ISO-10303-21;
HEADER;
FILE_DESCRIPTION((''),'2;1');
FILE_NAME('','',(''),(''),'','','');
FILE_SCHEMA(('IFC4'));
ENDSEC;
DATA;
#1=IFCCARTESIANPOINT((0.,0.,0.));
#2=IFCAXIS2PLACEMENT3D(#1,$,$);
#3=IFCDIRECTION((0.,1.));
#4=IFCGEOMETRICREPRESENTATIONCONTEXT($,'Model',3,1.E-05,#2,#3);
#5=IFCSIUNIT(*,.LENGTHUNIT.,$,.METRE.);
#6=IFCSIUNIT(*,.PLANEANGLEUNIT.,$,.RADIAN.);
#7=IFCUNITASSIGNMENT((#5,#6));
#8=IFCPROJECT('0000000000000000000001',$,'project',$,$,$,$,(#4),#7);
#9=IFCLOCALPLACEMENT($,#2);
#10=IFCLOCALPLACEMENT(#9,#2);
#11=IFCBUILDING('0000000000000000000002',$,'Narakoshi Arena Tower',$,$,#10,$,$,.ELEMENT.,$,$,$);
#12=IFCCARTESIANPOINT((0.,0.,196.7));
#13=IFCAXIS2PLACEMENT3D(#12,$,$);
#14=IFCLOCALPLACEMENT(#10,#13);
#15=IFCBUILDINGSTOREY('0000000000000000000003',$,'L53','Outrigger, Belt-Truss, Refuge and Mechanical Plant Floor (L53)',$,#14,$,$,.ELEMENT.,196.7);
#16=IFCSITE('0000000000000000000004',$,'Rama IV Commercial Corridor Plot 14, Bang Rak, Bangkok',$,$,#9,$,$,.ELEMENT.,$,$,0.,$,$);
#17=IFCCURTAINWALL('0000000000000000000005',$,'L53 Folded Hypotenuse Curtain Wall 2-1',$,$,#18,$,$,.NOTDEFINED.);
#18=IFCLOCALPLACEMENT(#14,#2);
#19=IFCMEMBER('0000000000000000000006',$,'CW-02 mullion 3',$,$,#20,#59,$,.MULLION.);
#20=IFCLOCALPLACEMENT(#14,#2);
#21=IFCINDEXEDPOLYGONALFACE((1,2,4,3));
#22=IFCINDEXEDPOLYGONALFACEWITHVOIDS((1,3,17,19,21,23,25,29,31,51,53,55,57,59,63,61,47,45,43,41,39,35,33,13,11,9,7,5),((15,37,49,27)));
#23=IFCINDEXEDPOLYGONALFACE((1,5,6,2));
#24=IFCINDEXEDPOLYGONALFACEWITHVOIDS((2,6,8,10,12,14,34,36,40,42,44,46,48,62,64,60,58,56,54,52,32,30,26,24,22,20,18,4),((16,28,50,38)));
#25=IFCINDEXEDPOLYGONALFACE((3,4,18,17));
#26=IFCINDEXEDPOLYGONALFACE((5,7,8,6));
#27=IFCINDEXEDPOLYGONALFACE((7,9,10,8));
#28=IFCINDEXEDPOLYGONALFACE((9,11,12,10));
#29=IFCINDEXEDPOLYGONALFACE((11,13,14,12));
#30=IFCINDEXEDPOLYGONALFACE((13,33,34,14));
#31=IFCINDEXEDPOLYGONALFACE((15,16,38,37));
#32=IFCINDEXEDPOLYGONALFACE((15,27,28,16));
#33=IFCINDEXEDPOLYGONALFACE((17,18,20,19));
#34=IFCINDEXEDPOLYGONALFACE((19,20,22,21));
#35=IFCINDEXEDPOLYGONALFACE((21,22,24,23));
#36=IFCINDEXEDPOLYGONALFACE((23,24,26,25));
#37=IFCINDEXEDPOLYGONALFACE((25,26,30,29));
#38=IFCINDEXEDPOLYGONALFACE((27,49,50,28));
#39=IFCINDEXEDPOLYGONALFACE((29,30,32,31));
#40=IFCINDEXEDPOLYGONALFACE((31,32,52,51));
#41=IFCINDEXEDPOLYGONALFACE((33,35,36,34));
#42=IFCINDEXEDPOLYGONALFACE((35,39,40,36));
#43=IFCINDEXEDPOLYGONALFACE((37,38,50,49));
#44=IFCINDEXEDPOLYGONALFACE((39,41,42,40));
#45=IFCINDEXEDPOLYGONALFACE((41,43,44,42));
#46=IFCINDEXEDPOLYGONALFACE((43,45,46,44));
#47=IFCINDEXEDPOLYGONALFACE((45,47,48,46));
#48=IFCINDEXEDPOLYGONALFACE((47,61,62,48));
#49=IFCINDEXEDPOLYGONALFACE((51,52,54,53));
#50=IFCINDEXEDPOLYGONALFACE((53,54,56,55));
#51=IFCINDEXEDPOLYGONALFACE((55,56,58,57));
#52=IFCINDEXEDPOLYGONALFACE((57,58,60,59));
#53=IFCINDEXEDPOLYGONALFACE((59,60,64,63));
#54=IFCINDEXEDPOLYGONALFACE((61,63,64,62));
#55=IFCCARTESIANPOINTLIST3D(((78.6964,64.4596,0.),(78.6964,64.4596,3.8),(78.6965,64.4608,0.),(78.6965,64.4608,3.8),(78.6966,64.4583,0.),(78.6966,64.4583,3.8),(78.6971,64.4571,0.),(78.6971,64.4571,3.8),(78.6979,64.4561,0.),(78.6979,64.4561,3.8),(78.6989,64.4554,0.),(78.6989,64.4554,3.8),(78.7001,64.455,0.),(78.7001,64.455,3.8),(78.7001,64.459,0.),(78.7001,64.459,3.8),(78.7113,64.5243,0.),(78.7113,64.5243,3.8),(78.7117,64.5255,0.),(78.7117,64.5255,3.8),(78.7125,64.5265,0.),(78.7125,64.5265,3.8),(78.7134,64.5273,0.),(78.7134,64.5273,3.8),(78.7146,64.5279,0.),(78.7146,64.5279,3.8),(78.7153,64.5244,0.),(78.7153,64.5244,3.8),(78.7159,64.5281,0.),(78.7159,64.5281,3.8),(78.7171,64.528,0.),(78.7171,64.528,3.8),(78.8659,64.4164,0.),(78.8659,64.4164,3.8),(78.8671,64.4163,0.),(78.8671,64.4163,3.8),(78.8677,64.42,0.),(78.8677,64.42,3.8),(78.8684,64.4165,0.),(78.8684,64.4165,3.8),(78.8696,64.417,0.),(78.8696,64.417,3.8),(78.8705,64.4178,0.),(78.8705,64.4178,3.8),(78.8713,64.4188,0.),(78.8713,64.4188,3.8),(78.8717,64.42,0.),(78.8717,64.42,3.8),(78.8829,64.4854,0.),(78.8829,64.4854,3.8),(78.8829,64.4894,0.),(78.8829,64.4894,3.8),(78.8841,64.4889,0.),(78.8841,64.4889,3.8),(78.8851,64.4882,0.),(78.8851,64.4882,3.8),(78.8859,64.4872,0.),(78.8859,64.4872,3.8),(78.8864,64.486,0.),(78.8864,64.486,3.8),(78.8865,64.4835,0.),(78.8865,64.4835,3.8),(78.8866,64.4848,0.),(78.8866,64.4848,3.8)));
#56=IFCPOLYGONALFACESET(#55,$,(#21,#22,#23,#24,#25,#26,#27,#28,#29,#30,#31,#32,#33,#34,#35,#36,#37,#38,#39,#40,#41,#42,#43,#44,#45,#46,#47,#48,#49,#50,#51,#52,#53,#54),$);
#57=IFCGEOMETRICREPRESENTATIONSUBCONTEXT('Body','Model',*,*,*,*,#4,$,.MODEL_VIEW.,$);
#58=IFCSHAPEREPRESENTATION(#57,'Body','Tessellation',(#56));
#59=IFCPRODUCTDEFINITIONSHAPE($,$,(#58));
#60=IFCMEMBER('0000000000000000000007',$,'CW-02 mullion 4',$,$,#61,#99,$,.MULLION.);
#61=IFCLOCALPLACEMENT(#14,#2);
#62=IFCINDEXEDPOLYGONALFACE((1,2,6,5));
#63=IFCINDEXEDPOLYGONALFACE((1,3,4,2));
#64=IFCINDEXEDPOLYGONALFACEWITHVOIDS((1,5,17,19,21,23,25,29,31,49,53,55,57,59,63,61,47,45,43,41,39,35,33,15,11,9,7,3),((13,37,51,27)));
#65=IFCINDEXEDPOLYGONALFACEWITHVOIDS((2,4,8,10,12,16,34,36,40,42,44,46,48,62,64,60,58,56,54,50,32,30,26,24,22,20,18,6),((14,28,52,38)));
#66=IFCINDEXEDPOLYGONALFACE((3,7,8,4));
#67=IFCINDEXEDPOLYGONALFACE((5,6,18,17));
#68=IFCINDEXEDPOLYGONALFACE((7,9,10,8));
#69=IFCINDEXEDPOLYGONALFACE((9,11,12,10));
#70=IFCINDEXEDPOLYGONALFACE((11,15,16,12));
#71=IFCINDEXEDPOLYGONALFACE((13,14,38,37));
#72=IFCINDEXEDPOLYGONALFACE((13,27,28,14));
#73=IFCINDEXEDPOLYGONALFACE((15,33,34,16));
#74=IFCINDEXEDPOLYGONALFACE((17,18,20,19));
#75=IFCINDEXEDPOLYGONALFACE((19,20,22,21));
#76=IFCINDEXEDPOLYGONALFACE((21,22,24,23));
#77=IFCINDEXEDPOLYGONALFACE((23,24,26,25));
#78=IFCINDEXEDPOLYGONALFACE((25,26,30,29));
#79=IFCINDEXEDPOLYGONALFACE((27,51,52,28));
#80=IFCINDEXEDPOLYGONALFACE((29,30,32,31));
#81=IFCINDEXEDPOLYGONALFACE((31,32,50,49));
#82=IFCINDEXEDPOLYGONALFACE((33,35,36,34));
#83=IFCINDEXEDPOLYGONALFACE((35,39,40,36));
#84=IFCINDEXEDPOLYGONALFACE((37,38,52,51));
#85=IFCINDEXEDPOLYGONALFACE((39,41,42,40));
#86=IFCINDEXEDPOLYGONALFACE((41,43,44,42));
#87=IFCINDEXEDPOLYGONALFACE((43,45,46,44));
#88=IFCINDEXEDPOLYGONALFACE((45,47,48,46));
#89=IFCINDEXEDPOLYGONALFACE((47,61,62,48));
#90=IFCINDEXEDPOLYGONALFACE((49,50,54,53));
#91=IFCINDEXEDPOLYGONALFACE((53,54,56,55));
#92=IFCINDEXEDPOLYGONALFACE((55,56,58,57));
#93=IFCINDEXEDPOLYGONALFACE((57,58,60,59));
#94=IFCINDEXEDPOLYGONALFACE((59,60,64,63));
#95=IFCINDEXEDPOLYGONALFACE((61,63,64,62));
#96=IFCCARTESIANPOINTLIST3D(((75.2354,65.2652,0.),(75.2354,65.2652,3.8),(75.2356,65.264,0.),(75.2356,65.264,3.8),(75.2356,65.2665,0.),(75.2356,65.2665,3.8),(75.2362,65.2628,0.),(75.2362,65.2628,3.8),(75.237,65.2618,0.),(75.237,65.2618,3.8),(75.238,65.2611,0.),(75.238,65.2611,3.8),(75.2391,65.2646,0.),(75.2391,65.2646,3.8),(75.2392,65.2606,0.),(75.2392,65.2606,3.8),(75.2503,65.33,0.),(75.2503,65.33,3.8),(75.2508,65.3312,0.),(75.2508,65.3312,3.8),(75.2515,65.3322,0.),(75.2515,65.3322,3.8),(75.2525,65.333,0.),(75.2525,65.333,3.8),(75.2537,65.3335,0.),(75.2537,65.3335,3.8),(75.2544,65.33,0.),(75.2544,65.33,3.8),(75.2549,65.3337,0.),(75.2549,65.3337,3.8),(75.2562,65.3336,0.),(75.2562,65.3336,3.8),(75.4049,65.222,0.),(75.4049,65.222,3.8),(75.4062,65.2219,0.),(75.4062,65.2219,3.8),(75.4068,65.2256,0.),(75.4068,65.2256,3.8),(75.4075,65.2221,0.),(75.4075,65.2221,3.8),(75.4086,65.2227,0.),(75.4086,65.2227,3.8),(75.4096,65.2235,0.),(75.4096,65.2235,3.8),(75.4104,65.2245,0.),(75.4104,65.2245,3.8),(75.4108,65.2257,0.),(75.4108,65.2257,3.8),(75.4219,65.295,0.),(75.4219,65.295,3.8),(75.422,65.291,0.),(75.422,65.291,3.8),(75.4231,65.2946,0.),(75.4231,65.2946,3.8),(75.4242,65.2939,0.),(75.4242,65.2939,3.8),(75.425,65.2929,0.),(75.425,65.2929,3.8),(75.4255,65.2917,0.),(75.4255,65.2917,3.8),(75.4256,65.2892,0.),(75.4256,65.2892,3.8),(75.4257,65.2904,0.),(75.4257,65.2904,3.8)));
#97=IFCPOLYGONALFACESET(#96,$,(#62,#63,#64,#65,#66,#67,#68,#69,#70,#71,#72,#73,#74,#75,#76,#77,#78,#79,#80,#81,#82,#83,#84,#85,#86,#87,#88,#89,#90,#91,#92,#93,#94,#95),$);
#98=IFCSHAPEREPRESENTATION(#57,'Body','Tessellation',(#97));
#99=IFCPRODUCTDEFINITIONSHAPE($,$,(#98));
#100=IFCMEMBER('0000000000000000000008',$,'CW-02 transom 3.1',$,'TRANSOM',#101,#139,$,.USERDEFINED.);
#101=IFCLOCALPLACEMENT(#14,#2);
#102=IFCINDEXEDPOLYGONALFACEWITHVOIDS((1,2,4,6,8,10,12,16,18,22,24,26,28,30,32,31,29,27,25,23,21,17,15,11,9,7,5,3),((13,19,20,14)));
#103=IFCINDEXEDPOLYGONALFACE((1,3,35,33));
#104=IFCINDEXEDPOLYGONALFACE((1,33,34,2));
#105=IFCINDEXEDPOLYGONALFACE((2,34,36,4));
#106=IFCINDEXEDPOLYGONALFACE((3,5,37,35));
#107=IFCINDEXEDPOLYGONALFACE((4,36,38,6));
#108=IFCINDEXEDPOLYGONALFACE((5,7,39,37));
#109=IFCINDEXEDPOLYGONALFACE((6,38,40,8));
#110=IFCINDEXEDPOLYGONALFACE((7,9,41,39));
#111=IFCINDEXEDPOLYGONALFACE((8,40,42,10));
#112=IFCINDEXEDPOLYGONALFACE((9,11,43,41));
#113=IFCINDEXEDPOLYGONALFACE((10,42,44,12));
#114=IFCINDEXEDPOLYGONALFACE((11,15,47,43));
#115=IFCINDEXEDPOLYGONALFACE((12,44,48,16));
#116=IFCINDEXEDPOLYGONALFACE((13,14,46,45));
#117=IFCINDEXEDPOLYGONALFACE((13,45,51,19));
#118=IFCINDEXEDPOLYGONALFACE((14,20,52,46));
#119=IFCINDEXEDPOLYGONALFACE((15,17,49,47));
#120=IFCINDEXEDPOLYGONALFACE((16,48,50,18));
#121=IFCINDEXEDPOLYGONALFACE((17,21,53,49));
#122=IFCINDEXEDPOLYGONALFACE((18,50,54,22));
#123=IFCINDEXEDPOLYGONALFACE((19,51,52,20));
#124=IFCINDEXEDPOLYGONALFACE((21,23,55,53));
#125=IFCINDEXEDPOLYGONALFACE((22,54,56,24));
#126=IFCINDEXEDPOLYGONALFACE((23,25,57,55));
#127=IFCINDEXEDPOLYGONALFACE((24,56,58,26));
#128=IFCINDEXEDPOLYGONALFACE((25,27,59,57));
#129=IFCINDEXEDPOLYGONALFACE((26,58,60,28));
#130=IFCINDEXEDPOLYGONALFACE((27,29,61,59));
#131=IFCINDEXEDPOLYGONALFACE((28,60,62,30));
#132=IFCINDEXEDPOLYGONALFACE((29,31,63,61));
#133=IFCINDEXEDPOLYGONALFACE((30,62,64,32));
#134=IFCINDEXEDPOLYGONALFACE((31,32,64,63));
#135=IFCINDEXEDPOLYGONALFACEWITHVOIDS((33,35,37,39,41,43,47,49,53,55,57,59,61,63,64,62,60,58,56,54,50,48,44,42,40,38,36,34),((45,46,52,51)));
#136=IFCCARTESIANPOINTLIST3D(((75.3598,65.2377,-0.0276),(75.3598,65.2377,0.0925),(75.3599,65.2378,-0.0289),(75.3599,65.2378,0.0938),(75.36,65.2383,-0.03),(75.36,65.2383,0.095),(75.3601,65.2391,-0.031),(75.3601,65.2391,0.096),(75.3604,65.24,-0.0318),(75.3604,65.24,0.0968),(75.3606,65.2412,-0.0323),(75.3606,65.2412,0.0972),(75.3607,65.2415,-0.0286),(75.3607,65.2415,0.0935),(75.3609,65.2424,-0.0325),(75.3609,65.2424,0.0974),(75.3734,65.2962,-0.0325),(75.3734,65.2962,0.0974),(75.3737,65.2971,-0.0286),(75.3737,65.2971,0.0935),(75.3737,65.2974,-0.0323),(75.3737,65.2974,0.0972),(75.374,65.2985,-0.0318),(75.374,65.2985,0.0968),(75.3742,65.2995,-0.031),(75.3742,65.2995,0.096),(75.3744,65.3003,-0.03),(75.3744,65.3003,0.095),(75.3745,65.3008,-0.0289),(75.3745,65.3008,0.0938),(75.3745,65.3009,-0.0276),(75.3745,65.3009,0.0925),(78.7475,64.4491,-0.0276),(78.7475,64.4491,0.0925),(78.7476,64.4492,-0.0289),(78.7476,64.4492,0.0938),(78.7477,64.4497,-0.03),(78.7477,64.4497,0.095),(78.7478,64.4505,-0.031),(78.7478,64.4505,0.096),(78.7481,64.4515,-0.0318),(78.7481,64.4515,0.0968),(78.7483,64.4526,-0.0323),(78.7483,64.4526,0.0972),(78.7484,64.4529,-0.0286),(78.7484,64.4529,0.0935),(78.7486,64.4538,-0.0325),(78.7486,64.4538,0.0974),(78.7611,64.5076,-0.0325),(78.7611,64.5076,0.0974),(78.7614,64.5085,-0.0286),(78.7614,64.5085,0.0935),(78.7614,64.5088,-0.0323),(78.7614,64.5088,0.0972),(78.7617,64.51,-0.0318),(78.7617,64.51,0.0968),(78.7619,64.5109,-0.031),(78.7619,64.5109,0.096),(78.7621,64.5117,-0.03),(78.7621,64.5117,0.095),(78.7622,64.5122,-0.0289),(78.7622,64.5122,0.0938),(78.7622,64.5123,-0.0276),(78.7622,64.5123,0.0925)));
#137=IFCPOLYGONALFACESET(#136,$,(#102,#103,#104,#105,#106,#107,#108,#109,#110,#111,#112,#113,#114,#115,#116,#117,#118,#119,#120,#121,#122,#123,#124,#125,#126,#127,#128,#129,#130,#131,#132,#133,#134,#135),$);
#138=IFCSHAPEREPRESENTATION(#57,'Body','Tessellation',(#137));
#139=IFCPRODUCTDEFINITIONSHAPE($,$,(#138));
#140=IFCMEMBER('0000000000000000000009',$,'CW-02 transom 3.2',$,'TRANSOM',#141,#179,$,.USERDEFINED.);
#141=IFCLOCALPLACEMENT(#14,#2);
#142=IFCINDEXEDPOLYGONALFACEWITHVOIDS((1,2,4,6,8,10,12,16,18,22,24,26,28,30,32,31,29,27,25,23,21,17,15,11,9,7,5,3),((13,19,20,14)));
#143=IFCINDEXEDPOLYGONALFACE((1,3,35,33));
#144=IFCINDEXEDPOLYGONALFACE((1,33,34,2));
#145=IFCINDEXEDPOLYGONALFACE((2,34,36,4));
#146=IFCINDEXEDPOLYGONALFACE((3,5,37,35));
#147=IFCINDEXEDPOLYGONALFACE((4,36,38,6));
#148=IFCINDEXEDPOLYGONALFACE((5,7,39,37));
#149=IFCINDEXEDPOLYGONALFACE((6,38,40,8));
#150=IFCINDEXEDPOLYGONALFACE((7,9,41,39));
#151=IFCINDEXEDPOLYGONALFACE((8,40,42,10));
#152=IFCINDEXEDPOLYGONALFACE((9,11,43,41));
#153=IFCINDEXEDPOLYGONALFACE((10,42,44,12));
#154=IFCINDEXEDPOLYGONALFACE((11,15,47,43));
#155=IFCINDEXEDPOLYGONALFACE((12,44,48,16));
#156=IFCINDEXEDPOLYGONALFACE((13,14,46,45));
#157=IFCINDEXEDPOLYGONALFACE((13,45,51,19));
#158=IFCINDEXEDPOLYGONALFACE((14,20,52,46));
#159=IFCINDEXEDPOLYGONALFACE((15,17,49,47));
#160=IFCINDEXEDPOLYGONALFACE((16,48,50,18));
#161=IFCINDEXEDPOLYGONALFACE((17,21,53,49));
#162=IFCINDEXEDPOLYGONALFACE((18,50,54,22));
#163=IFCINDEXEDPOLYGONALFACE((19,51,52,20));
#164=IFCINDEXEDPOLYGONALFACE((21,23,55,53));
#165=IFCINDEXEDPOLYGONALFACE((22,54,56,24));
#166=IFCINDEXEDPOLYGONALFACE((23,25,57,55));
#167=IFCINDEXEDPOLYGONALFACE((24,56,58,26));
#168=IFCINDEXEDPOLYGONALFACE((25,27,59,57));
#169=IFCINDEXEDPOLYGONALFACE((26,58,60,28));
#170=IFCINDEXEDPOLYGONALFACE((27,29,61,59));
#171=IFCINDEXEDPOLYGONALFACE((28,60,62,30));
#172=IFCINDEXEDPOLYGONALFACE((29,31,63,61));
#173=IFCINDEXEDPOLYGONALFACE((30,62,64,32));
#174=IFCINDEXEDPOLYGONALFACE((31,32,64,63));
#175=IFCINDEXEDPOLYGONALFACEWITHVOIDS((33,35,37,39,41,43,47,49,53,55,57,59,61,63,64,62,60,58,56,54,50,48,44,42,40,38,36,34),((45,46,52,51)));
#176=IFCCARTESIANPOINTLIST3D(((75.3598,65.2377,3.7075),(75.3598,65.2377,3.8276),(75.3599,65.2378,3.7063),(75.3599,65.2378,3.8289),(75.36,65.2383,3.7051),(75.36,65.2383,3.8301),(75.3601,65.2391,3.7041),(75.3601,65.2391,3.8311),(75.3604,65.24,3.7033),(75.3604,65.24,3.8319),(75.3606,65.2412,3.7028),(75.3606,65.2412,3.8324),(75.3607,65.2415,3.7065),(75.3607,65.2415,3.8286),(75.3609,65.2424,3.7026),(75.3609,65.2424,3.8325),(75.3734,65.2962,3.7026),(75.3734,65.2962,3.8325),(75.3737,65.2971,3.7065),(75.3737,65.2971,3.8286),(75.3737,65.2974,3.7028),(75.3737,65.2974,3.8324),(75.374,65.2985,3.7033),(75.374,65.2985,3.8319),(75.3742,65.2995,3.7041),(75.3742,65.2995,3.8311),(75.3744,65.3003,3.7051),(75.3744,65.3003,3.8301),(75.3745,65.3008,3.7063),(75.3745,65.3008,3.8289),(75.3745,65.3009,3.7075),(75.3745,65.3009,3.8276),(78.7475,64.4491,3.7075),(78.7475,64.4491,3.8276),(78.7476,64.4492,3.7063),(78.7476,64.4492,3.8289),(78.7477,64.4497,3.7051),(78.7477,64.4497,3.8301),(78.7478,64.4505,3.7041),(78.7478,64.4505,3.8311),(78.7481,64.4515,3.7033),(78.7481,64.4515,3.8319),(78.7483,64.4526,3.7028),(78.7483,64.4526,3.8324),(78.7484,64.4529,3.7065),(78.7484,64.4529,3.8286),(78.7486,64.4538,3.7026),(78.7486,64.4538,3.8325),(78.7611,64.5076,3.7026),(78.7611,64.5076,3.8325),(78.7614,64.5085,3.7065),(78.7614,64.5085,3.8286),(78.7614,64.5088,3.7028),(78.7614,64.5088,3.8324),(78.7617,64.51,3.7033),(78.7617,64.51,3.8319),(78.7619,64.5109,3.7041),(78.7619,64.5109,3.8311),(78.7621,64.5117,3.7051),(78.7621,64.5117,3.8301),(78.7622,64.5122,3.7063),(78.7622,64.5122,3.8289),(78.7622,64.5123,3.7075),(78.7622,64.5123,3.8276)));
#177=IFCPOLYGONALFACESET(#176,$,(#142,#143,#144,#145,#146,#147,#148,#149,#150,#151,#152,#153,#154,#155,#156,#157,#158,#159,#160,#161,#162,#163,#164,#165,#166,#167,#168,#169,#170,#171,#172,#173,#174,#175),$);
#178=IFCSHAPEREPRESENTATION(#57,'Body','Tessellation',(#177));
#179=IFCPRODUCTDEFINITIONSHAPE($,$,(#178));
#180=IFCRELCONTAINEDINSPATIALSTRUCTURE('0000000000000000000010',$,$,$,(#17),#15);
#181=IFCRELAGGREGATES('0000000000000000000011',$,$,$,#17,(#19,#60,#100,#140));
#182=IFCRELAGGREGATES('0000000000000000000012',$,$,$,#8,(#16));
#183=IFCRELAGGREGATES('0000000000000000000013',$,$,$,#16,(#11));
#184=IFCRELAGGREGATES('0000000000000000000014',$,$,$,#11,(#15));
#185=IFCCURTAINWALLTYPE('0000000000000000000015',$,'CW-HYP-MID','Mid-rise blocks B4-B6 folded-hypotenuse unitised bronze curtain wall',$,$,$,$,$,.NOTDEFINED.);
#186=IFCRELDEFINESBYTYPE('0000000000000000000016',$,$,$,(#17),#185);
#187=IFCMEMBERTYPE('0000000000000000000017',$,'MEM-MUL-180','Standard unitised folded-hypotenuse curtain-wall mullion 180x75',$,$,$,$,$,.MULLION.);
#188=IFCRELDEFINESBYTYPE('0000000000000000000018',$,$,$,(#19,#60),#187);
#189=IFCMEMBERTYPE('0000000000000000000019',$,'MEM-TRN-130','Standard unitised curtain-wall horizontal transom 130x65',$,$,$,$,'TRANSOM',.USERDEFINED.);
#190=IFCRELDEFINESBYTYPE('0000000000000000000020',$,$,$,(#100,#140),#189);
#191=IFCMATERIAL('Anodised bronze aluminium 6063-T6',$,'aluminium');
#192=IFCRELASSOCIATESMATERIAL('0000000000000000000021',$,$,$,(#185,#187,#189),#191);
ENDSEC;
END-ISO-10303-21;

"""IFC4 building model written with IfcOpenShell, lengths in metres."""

from ifc_helpers import new_model, si_unit, direction, frame, origin, origin_2d, place, context, subcontext, project, spatial, hollow_rectangle, extrude, material, material_profile, profile_set, type_object, element, aggregate, save


model = new_model("IFC4")

# Units and contexts
model_context = context("Model", 3, precision=1e-05, world=origin(), true_north=direction((0.0, 1.0)))
body_context = subcontext(model_context, "Body", "Model", "MODEL_VIEW")
ifc_project = project(units=[si_unit("LENGTHUNIT", "METRE"), si_unit("PLANEANGLEUNIT", "RADIAN")], contexts=[model_context])

# Site, building, storey
site_placement = place(None, origin())
site = spatial("IfcSite", under=ifc_project, at=site_placement, Name="Rama IV Commercial Corridor Plot 14, Bang Rak, Bangkok", CompositionType="ELEMENT", RefElevation=0.0)
building_placement = place(site_placement, origin())
building = spatial("IfcBuilding", under=site, at=building_placement, Name="Narakoshi Arena Tower", CompositionType="ELEMENT")
storey_placement = place(building_placement, frame((0.0, 0.0, 196.7)))
storey = spatial("IfcBuildingStorey", under=building, at=storey_placement, Name="L53", Description="Outrigger, Belt-Truss, Refuge and Mechanical Plant Floor (L53)", CompositionType="ELEMENT", Elevation=196.7)

# Curtain wall, members
ifc_material_1 = material(Name="Anodised bronze aluminium 6063-T6", Category="aluminium")
curtain_wall_type = type_object("IfcCurtainWallType", Name="CW-HYP-MID", Description="Mid-rise blocks B4-B6 folded-hypotenuse unitised bronze curtain wall", PredefinedType="NOTDEFINED", material=ifc_material_1)
curtain_wall_placement = place(storey_placement, origin())
curtain_wall = element("IfcCurtainWall", 1, at=curtain_wall_placement, inside=storey, type_object=curtain_wall_type, Name="L53 Folded Hypotenuse Curtain Wall 2-1", PredefinedType="NOTDEFINED")
ifc_material_profile_1 = material_profile(ifc_material_1, hollow_rectangle(XDim=0.075, YDim=0.1799, WallThickness=0.0039, OuterFilletRadius=0.0049, at=origin_2d()), Name="MUL180x75x4")
ifc_profile_set_1 = profile_set([ifc_material_profile_1], Name="Anodised bronze aluminium 6063-T6")
member_type_1 = type_object("IfcMemberType", Name="MEM-MUL-180", Description="Standard unitised folded-hypotenuse curtain-wall mullion 180x75", PredefinedType="MULLION", material=ifc_profile_set_1)
member_1_placement = place(storey_placement, frame((78.7915, 64.4722, 0.0), z_axis=(0.0, 0.0, 1.0), x_axis=(-0.226721, -0.97396, 0.0)))
member_1 = element("IfcMember", 2, at=member_1_placement, type_object=member_type_1, Name="CW-02 mullion 3", PredefinedType="MULLION", context=body_context, shape_type="SweptSolid", body=[
    extrude(hollow_rectangle(XDim=0.075, YDim=0.1799, WallThickness=0.0039, OuterFilletRadius=0.0049, at=origin_2d()), origin(), (0.0, 0.0, 1.0), 3.8),
])
member_2_placement = place(storey_placement, frame((75.3306, 65.2778, 0.0), z_axis=(0.0, 0.0, 1.0), x_axis=(-0.226721, -0.97396, 0.0)))
member_2 = element("IfcMember", 3, at=member_2_placement, type_object=member_type_1, Name="CW-02 mullion 4", PredefinedType="MULLION", context=body_context, shape_type="SweptSolid", body=[
    extrude(hollow_rectangle(XDim=0.075, YDim=0.1799, WallThickness=0.0039, OuterFilletRadius=0.0049, at=origin_2d()), origin(), (0.0, 0.0, 1.0), 3.8),
])
ifc_material_profile_2 = material_profile(ifc_material_1, hollow_rectangle(XDim=0.0649, YDim=0.1299, WallThickness=0.0039, OuterFilletRadius=0.0049, at=origin_2d()), Name="TRN130x65x4")
ifc_profile_set_2 = profile_set([ifc_material_profile_2], Name="Anodised bronze aluminium 6063-T6")
member_type_2 = type_object("IfcMemberType", Name="MEM-TRN-130", Description="Standard unitised curtain-wall horizontal transom 130x65", ElementType="TRANSOM", PredefinedType="USERDEFINED", material=ifc_profile_set_2)
member_3_placement = place(storey_placement, frame((78.7549, 64.4807, 0.0325), z_axis=(-0.973961, 0.226715, 0.0), x_axis=(-0.226715, -0.973961, 0.0)))
member_3 = element("IfcMember", 4, at=member_3_placement, type_object=member_type_2, Name="CW-02 transom 3.1", ObjectType="TRANSOM", PredefinedType="USERDEFINED", context=body_context, shape_type="SweptSolid", body=[
    extrude(hollow_rectangle(XDim=0.0649, YDim=0.1299, WallThickness=0.0039, OuterFilletRadius=0.0049, at=origin_2d()), origin(), (0.0, 0.0, 1.0), 3.4783),
])
member_4_placement = place(storey_placement, frame((78.7549, 64.4807, 3.7676), z_axis=(-0.973961, 0.226715, 0.0), x_axis=(-0.226715, -0.973961, 0.0)))
member_4 = element("IfcMember", 5, at=member_4_placement, type_object=member_type_2, Name="CW-02 transom 3.2", ObjectType="TRANSOM", PredefinedType="USERDEFINED", context=body_context, shape_type="SweptSolid", body=[
    extrude(hollow_rectangle(XDim=0.0649, YDim=0.1299, WallThickness=0.0039, OuterFilletRadius=0.0049, at=origin_2d()), origin(), (0.0, 0.0, 1.0), 3.4783),
])
aggregate(curtain_wall, [member_1, member_2, member_3, member_4])

save(model, "model.ifc")
